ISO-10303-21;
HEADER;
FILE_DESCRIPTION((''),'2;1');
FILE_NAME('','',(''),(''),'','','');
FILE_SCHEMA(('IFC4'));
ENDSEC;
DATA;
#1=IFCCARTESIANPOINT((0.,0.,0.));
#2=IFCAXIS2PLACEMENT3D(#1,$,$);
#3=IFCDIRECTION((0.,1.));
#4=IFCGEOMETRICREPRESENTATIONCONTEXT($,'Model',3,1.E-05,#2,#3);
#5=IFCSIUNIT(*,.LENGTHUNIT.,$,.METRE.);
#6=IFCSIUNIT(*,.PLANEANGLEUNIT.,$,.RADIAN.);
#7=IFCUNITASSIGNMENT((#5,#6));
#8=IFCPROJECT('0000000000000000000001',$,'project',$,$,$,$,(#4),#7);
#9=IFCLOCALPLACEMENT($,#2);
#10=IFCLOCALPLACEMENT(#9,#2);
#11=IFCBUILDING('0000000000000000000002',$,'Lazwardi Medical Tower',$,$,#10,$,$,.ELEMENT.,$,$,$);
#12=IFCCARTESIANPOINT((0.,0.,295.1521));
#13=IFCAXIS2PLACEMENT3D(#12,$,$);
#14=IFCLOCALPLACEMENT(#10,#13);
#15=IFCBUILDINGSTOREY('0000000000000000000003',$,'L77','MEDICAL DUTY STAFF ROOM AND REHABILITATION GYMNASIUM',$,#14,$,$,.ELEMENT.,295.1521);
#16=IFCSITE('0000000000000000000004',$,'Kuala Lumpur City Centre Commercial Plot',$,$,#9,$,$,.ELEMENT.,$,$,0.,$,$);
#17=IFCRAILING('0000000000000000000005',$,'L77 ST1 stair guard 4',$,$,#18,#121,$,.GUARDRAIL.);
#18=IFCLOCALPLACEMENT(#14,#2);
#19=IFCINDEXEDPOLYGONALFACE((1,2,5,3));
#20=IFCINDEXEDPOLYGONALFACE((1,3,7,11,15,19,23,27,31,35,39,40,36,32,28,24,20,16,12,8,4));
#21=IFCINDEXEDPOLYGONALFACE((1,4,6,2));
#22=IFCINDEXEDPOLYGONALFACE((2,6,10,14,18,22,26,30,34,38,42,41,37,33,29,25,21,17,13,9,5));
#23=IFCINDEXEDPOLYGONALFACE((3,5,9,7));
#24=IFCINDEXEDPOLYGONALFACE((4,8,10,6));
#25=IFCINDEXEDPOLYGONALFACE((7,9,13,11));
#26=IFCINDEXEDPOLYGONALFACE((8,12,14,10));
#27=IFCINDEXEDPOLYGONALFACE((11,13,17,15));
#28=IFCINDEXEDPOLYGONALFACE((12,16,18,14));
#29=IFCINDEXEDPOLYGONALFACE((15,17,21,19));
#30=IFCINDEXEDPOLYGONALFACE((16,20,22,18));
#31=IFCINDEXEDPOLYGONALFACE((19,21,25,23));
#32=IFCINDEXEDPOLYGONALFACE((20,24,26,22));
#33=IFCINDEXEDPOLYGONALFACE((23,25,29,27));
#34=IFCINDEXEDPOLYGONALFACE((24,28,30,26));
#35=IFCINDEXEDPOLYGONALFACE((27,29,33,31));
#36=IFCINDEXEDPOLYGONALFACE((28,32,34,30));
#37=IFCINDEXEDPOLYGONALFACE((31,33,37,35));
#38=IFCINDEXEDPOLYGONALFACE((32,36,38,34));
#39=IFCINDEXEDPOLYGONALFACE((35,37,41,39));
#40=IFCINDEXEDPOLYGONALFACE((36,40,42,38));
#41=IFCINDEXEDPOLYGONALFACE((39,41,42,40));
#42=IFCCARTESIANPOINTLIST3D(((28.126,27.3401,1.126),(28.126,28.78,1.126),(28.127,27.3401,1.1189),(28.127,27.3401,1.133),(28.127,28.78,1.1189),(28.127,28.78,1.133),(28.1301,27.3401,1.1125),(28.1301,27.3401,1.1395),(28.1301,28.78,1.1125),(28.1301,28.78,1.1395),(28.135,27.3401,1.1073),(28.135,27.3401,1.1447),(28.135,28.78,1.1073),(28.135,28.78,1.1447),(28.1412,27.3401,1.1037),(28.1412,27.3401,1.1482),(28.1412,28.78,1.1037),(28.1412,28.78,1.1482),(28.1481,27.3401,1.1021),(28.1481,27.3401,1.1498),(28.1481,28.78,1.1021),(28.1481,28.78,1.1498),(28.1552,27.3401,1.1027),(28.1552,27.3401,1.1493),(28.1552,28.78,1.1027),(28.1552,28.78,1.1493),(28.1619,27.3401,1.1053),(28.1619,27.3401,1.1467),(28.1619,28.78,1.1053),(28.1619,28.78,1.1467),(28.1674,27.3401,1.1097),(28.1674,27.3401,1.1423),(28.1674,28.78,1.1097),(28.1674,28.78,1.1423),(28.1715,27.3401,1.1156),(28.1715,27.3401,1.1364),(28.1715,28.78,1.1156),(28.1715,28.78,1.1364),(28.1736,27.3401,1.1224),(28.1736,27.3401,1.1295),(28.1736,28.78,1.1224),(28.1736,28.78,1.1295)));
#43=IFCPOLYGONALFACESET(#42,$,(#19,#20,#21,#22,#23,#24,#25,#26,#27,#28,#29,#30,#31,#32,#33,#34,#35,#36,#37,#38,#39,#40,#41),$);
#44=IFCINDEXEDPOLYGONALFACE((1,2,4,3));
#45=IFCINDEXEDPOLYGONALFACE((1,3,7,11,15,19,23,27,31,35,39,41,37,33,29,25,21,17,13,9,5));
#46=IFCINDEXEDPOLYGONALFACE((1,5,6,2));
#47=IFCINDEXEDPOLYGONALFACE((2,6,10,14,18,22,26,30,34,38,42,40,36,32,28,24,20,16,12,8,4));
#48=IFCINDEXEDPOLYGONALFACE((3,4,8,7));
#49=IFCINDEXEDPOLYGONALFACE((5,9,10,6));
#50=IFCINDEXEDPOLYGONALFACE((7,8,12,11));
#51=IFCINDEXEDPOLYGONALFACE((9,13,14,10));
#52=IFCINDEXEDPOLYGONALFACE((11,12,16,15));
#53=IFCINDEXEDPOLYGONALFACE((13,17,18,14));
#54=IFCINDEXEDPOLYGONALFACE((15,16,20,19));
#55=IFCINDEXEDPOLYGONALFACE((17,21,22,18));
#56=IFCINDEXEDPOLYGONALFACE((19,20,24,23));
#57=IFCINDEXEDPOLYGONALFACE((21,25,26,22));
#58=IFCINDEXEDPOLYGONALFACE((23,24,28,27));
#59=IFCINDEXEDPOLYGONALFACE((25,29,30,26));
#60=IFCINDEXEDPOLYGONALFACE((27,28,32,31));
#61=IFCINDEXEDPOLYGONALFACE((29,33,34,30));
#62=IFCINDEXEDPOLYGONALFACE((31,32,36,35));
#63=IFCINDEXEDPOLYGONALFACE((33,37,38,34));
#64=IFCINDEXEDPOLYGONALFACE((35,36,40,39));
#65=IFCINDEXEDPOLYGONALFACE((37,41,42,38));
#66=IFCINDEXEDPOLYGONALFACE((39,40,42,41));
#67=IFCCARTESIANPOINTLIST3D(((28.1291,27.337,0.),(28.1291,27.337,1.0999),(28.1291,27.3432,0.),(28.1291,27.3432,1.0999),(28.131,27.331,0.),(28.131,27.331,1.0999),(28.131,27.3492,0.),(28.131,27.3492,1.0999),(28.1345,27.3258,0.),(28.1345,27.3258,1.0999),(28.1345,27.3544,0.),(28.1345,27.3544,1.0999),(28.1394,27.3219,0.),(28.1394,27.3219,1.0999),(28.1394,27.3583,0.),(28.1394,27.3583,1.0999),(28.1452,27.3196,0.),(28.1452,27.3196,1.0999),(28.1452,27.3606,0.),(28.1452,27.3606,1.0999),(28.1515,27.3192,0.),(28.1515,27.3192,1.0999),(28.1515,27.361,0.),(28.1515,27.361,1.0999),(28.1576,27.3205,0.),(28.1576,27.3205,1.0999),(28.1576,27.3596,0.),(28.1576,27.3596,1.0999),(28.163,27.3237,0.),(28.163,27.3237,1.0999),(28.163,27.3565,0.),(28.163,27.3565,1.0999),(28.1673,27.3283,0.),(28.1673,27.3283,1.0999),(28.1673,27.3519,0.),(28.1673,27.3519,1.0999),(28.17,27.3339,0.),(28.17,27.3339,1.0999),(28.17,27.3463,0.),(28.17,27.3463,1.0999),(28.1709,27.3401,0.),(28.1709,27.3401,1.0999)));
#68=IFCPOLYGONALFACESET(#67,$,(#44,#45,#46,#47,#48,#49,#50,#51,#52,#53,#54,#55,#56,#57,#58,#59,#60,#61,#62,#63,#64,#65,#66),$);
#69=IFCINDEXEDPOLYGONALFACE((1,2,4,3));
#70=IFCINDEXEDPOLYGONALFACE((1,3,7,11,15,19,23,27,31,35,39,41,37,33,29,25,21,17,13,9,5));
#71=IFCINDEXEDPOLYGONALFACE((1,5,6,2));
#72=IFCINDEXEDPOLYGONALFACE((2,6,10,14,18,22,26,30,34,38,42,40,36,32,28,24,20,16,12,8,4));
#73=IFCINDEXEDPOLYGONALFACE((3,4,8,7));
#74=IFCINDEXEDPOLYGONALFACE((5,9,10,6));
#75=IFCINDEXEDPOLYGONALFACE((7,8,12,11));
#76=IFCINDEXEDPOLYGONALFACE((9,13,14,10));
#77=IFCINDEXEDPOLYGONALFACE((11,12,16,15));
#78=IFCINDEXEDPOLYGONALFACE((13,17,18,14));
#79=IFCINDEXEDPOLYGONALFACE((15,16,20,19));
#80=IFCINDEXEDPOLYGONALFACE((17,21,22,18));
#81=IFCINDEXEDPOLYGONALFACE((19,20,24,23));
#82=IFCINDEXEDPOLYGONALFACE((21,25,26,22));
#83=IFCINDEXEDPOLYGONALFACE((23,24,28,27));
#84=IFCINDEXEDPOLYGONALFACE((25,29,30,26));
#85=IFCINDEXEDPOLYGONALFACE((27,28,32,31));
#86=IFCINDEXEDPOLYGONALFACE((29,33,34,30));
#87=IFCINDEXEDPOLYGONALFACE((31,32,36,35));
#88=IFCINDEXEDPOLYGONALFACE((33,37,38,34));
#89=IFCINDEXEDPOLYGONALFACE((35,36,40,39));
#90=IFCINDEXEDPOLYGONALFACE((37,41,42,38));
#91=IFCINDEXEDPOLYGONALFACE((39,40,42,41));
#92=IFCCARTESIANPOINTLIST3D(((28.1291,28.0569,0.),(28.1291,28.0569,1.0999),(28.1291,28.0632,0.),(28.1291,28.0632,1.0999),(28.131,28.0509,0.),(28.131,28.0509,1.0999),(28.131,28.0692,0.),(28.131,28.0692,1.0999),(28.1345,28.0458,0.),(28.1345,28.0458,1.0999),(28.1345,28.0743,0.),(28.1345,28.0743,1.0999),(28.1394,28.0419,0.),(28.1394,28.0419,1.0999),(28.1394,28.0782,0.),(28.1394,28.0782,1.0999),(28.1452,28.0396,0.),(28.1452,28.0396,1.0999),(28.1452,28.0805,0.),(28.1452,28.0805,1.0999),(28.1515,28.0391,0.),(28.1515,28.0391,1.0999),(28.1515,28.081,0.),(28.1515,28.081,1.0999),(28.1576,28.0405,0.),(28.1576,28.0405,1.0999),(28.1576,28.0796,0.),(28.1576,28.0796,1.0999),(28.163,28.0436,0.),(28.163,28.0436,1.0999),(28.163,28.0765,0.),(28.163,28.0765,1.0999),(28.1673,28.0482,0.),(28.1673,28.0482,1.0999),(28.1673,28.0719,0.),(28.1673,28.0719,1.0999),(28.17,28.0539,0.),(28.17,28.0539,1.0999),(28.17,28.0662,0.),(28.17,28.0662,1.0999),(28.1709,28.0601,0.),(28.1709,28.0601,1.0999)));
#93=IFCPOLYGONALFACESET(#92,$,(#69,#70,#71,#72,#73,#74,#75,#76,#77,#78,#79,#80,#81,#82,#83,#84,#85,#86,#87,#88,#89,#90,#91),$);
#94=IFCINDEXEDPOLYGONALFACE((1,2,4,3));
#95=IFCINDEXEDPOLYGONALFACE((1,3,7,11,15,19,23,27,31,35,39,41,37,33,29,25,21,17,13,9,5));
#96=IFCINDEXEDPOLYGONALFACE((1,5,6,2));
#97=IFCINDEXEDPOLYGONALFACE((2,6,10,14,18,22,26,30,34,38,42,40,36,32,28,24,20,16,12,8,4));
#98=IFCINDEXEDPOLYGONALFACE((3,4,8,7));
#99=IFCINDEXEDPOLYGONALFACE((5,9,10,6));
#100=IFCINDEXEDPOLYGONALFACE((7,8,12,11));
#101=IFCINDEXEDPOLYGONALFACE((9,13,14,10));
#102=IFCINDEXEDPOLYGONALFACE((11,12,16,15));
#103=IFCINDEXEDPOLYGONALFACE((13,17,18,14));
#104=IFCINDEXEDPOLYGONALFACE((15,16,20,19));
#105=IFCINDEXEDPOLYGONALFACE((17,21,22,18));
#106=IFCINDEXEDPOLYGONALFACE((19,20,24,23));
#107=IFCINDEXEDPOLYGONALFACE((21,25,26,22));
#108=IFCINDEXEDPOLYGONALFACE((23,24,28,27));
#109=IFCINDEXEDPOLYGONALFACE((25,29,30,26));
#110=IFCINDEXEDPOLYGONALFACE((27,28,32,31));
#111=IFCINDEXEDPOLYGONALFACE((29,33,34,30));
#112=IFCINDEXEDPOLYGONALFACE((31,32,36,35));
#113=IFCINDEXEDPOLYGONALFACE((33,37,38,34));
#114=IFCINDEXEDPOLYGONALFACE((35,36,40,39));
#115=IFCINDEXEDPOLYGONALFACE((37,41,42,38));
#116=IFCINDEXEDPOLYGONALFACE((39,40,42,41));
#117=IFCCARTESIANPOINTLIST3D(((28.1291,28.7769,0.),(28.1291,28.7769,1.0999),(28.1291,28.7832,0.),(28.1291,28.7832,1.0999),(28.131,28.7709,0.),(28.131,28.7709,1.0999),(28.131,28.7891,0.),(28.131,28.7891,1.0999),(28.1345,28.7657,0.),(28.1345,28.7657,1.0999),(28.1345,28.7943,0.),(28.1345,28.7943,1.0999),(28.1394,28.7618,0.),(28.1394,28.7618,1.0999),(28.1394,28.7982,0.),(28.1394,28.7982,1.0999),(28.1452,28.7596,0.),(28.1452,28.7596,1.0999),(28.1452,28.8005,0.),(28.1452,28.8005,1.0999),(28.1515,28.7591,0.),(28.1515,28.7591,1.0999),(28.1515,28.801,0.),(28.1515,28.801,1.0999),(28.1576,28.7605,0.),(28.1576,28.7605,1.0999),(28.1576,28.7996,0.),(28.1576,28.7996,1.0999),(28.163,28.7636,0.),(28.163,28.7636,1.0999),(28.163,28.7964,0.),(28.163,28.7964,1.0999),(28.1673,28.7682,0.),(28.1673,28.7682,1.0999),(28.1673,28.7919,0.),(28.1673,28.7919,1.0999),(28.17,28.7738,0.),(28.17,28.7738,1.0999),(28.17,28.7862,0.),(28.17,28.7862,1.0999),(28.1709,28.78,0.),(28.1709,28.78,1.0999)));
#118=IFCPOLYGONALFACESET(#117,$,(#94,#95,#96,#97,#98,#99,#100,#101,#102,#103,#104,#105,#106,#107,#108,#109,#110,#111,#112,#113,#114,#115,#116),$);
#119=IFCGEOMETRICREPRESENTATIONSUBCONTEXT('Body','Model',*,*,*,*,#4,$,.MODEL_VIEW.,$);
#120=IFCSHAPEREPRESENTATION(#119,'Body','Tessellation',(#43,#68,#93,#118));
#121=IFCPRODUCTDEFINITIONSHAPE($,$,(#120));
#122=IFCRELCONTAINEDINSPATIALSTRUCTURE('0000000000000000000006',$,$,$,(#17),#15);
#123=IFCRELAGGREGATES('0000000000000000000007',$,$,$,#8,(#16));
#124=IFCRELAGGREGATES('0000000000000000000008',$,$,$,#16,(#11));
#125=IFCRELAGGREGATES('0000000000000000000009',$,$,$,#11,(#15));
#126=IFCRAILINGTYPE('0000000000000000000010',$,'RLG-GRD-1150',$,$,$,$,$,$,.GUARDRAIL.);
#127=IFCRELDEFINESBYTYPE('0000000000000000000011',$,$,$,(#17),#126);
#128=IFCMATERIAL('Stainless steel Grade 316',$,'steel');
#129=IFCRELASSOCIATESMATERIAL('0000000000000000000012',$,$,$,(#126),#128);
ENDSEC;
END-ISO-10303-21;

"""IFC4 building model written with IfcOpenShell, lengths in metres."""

from ifc_helpers import new_model, si_unit, direction, frame, origin, origin_2d, place, context, subcontext, project, spatial, circle, extrude, material, type_object, element, save


model = new_model("IFC4")

# Units and contexts
model_context = context("Model", 3, precision=1e-05, world=origin(), true_north=direction((0.0, 1.0)))
body_context = subcontext(model_context, "Body", "Model", "MODEL_VIEW")
ifc_project = project(units=[si_unit("LENGTHUNIT", "METRE"), si_unit("PLANEANGLEUNIT", "RADIAN")], contexts=[model_context])

# Site, building, storey
site_placement = place(None, origin())
site = spatial("IfcSite", under=ifc_project, at=site_placement, Name="Kuala Lumpur City Centre Commercial Plot", CompositionType="ELEMENT", RefElevation=0.0)
building_placement = place(site_placement, origin())
building = spatial("IfcBuilding", under=site, at=building_placement, Name="Lazwardi Medical Tower", CompositionType="ELEMENT")
storey_placement = place(building_placement, frame((0.0, 0.0, 295.1521)))
storey = spatial("IfcBuildingStorey", under=building, at=storey_placement, Name="L77", Description="MEDICAL DUTY STAFF ROOM AND REHABILITATION GYMNASIUM", CompositionType="ELEMENT", Elevation=295.1521)

# Railing
ifc_material_1 = material(Name="Stainless steel Grade 316", Category="steel")
railing_type_1 = type_object("IfcRailingType", Name="RLG-GRD-1150", PredefinedType="GUARDRAIL", material=ifc_material_1)
railing_1_placement = place(storey_placement, frame((28.1499, 27.3401, 0.0)))
element("IfcRailing", 1, at=railing_1_placement, inside=storey, type_object=railing_type_1, Name="L77 ST1 stair guard 4", PredefinedType="GUARDRAIL", context=body_context, shape_type="SweptSolid", body=[
    extrude(circle(Radius=0.0239, at=origin_2d()), frame((0.0, 0.0, 1.126), z_axis=(0.0, 1.0, 0.0), x_axis=(-1.0, 0.0, 0.0)), (0.0, 0.0, 1.0), 1.4399),
    extrude(circle(Radius=0.021, at=origin_2d()), origin(), (0.0, 0.0, 1.0), 1.0999),
    extrude(circle(Radius=0.021, at=origin_2d()), frame((0.0, 0.72, 0.0)), (0.0, 0.0, 1.0), 1.0999),
    extrude(circle(Radius=0.021, at=origin_2d()), frame((0.0, 1.4399, 0.0)), (0.0, 0.0, 1.0), 1.0999),
])

save(model, "model.ifc")
